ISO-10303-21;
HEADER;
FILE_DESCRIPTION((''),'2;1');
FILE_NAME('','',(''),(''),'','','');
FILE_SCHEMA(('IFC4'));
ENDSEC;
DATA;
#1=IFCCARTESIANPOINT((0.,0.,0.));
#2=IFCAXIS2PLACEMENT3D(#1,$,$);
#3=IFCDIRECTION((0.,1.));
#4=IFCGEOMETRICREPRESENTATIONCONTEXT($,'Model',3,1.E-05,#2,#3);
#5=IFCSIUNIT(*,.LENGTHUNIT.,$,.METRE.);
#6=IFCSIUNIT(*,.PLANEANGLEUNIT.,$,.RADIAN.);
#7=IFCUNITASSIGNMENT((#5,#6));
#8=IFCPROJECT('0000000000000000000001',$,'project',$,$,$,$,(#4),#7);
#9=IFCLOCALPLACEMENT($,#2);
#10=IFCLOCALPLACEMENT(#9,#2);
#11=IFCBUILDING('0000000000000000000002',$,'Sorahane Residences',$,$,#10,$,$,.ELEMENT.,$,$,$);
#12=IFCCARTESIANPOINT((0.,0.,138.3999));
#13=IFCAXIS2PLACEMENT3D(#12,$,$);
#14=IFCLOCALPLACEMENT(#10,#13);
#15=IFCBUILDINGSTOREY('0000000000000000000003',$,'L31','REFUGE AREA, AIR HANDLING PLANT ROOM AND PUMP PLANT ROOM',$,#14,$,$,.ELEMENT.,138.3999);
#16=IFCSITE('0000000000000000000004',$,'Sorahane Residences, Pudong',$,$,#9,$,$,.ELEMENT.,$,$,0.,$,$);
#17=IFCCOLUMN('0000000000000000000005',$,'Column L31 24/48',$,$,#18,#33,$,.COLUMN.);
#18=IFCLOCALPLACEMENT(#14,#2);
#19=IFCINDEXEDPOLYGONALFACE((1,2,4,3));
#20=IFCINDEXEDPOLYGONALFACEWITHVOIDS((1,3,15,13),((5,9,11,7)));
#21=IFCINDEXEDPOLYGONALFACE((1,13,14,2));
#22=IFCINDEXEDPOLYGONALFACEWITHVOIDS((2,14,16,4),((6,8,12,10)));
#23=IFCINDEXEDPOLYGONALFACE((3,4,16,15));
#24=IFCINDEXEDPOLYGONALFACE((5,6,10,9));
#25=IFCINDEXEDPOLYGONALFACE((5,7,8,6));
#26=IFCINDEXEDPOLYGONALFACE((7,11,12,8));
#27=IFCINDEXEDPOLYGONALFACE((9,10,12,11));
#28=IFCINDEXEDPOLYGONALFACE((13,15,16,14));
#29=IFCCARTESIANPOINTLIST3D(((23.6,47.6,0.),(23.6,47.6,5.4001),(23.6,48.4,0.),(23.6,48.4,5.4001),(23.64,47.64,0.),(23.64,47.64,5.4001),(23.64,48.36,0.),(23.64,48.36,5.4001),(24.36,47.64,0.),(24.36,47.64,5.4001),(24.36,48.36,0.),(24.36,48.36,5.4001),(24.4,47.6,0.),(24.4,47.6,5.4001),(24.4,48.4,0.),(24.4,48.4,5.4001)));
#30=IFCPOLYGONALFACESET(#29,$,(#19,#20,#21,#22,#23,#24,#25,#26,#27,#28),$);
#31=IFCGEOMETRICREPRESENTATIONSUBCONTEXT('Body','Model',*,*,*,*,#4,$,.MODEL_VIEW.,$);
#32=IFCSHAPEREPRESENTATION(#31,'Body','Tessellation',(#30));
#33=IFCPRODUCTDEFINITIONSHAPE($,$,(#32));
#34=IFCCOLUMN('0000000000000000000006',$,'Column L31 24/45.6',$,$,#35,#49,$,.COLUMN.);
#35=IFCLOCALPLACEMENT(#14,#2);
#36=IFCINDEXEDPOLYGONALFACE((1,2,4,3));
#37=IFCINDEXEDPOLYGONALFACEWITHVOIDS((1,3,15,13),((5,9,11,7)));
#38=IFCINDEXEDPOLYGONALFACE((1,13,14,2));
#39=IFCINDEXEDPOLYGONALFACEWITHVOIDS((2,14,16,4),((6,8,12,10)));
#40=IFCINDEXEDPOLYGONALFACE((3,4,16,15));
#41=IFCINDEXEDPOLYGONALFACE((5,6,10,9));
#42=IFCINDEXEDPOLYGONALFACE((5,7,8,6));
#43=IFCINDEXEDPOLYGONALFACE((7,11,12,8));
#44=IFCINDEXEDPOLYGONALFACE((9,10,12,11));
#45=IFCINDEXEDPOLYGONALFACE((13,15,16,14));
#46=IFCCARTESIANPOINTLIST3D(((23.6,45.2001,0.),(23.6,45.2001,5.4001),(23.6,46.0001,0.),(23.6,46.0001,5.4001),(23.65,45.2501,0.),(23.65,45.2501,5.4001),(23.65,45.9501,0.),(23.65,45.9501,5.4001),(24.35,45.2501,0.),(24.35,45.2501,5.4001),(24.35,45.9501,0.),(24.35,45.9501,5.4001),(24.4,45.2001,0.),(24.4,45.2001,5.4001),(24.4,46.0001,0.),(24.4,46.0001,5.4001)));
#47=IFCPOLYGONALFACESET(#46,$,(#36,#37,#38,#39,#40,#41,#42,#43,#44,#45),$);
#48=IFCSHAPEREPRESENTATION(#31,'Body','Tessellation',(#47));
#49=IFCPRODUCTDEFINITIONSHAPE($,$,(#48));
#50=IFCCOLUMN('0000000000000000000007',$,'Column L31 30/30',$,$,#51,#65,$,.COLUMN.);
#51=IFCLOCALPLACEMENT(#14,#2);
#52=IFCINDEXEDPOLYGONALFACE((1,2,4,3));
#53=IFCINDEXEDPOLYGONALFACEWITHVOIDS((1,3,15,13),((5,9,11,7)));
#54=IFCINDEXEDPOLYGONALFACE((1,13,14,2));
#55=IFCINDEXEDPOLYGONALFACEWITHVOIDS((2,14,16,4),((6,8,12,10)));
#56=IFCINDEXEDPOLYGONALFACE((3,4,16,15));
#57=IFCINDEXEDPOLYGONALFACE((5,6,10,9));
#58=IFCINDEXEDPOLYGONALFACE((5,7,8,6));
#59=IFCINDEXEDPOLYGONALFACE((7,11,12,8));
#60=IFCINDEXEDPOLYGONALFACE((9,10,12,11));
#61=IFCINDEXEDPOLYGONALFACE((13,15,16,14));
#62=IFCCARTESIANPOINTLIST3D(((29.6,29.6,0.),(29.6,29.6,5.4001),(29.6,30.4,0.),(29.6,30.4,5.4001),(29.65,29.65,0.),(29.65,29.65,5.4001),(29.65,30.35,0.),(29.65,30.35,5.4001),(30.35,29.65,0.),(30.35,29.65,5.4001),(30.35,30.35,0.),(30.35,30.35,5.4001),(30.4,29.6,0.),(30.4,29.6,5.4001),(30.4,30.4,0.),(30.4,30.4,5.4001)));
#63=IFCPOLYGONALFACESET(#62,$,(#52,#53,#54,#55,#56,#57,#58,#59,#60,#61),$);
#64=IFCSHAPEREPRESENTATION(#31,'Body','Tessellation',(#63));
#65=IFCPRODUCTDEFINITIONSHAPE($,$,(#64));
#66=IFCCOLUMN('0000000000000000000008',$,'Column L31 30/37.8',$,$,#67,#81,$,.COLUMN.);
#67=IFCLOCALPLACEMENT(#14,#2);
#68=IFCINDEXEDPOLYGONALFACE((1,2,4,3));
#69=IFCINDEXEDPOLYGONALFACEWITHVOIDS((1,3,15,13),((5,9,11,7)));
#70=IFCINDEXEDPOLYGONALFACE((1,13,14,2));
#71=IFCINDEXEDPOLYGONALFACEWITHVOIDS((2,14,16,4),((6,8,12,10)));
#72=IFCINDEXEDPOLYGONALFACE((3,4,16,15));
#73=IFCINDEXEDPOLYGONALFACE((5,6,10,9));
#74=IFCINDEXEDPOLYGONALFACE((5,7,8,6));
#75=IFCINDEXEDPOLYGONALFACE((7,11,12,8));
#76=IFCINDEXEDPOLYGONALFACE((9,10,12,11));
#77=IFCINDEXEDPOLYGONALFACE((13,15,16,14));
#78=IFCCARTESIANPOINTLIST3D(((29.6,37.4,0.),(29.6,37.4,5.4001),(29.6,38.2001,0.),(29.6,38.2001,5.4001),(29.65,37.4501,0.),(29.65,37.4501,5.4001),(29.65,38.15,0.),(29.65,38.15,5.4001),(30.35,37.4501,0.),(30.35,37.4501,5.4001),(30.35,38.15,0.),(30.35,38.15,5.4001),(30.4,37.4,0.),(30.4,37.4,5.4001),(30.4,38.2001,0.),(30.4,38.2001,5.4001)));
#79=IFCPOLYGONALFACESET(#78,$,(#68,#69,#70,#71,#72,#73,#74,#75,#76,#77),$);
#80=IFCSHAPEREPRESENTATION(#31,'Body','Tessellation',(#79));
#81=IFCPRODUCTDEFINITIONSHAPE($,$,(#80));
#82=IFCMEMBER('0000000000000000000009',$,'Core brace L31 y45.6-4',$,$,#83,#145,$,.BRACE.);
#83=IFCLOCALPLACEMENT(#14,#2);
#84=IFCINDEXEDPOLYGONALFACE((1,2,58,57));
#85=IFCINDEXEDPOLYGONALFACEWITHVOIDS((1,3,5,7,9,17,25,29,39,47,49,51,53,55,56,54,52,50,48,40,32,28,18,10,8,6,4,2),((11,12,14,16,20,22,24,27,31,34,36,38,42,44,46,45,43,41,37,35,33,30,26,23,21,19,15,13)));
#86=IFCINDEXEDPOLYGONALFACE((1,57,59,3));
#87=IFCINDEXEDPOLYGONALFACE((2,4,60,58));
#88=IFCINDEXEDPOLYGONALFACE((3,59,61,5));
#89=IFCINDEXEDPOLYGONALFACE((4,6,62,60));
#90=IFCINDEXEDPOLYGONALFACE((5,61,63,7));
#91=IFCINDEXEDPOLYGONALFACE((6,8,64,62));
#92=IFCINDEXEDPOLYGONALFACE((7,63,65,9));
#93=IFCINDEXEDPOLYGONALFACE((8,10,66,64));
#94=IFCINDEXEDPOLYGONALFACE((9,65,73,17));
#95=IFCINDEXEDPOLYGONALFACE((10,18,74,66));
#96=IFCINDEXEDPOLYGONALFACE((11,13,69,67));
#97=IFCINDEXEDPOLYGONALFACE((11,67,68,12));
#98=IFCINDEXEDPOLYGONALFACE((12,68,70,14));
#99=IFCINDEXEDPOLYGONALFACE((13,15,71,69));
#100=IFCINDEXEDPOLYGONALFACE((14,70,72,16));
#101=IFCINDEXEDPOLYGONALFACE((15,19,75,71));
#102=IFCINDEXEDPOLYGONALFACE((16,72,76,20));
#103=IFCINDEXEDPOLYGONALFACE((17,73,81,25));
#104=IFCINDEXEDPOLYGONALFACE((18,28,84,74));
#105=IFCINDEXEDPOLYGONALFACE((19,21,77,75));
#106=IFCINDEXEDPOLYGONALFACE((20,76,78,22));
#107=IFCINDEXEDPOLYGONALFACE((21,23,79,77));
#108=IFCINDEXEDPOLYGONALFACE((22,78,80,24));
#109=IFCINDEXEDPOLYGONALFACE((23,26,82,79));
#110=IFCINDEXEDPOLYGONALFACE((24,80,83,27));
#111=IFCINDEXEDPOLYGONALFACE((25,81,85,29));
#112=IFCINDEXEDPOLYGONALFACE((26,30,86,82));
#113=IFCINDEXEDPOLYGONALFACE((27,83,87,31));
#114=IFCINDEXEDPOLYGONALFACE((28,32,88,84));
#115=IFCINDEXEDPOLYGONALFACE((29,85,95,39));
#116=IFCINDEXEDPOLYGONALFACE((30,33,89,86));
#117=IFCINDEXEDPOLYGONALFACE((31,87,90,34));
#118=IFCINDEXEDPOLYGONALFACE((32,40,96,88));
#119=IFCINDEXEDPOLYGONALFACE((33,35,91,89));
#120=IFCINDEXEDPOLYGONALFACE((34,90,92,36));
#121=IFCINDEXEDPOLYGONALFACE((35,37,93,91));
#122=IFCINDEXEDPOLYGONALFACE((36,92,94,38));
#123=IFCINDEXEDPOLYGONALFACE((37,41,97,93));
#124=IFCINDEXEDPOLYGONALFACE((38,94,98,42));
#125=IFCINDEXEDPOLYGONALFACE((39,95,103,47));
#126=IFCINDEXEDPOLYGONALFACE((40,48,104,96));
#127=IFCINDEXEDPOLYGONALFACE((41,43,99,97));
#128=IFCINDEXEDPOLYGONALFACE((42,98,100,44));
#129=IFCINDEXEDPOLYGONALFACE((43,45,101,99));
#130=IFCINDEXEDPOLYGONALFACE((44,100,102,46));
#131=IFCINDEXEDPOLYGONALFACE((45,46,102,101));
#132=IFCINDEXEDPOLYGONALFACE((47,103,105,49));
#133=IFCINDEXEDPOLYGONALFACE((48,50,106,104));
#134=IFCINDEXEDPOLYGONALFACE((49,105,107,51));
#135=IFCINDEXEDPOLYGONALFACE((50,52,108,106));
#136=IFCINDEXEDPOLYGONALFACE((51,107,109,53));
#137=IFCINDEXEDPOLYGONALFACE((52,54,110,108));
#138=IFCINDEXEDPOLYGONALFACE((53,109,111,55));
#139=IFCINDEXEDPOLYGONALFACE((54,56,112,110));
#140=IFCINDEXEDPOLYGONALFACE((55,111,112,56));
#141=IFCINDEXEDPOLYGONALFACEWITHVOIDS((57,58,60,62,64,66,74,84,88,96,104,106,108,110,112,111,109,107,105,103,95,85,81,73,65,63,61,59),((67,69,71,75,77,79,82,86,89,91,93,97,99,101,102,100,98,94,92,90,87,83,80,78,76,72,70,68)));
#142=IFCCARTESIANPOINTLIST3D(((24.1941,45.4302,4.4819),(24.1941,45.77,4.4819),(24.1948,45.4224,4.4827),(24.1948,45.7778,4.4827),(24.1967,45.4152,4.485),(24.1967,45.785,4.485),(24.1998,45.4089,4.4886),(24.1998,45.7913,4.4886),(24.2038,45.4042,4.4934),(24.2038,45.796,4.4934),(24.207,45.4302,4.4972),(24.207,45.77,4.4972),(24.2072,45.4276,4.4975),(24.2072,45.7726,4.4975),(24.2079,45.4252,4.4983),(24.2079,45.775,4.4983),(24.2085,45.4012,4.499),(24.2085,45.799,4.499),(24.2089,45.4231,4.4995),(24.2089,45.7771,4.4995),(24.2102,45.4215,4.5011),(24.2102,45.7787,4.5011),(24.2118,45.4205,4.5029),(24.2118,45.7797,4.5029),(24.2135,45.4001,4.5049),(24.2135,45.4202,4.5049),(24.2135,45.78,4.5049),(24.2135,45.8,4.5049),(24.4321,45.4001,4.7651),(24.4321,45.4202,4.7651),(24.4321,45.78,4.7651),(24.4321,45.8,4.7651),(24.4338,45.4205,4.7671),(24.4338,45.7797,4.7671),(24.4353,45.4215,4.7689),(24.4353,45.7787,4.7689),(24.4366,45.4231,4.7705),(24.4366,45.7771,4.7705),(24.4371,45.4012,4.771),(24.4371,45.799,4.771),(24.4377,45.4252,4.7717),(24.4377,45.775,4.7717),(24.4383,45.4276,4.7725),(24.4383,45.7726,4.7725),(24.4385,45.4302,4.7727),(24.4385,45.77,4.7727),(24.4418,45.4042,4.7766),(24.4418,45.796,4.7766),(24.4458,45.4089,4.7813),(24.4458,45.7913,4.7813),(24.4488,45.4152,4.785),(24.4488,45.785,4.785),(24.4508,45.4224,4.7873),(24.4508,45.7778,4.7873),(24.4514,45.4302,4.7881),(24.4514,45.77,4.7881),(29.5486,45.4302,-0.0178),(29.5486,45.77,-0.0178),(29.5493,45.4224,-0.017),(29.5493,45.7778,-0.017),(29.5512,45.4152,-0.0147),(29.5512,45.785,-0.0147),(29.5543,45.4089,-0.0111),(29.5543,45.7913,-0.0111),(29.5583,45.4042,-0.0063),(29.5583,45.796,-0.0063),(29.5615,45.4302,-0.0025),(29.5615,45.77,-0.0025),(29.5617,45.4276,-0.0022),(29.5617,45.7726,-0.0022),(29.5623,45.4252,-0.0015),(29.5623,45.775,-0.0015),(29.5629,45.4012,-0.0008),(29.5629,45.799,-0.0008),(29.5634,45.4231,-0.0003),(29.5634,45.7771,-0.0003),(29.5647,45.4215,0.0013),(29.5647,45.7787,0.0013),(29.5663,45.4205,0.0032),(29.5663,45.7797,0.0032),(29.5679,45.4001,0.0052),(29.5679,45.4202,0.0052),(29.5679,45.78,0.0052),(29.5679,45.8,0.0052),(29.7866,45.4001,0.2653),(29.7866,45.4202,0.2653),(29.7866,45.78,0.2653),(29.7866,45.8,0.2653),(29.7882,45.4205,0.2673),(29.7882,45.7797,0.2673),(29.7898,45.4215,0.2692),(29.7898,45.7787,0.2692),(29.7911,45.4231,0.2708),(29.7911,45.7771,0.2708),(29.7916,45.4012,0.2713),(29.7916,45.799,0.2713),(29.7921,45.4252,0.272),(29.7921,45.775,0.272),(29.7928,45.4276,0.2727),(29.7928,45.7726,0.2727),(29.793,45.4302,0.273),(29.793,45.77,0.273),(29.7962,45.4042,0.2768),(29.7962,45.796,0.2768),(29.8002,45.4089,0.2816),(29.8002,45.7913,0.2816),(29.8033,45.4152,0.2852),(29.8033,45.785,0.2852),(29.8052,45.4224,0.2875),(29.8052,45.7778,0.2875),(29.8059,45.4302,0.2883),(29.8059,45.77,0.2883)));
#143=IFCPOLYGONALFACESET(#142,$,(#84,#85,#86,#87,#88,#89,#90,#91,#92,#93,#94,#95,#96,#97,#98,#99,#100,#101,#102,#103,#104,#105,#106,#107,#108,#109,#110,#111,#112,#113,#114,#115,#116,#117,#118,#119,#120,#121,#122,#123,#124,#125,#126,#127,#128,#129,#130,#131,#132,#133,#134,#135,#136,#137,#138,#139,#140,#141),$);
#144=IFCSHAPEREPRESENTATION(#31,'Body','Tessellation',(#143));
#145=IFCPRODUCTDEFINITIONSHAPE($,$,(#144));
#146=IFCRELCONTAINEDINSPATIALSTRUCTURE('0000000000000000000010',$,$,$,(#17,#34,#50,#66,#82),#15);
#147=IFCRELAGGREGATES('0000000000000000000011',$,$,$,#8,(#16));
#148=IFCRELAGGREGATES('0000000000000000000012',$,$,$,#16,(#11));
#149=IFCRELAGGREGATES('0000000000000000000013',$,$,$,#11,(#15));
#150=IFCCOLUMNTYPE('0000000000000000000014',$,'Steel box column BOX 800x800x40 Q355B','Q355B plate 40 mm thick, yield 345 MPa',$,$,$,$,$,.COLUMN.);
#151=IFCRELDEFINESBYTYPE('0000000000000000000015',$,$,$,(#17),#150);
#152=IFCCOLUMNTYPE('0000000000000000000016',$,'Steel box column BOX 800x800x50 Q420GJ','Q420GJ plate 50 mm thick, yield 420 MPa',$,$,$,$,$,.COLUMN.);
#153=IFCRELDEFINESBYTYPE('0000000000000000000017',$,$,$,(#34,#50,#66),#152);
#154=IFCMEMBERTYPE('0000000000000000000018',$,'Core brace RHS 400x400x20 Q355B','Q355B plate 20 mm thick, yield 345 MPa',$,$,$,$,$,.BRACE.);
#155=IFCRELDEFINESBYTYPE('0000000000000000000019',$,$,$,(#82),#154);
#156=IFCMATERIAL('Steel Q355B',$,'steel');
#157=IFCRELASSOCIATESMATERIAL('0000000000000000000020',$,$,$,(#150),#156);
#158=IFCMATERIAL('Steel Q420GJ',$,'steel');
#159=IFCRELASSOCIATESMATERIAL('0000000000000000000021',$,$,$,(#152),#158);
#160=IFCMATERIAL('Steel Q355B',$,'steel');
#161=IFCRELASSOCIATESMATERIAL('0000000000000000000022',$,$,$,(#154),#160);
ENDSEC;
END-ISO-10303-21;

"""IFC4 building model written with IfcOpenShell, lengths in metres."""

from ifc_helpers import new_model, si_unit, direction, frame, origin, origin_2d, place, context, subcontext, project, spatial, hollow_rectangle, extrude, material, material_profile, profile_set, type_object, element, save


model = new_model("IFC4")

# Units and contexts
model_context = context("Model", 3, precision=1e-05, world=origin(), true_north=direction((0.0, 1.0)))
body_context = subcontext(model_context, "Body", "Model", "MODEL_VIEW")
ifc_project = project(units=[si_unit("LENGTHUNIT", "METRE"), si_unit("PLANEANGLEUNIT", "RADIAN")], contexts=[model_context])

# Site, building, storey
site_placement = place(None, origin())
site = spatial("IfcSite", under=ifc_project, at=site_placement, Name="Sorahane Residences, Pudong", CompositionType="ELEMENT", RefElevation=0.0)
building_placement = place(site_placement, origin())
building = spatial("IfcBuilding", under=site, at=building_placement, Name="Sorahane Residences", CompositionType="ELEMENT")
storey_placement = place(building_placement, frame((0.0, 0.0, 138.3999)))
storey = spatial("IfcBuildingStorey", under=building, at=storey_placement, Name="L31", Description="REFUGE AREA, AIR HANDLING PLANT ROOM AND PUMP PLANT ROOM", CompositionType="ELEMENT", Elevation=138.3999)

# Columns
ifc_material_1 = material(Name="Steel Q355B", Category="steel")
ifc_material_profile_1 = material_profile(ifc_material_1, hollow_rectangle(XDim=0.8, YDim=0.8, WallThickness=0.04, at=origin_2d()), Name="BOX 800x800x40")
ifc_profile_set_1 = profile_set([ifc_material_profile_1], Name="Steel Q355B")
column_type_1 = type_object("IfcColumnType", Name="Steel box column BOX 800x800x40 Q355B", Description="Q355B plate 40 mm thick, yield 345 MPa", PredefinedType="COLUMN", material=ifc_profile_set_1)
column_placement = place(storey_placement, frame((24.0, 48.0, 0.0), z_axis=(0.0, 0.0, 1.0), x_axis=(1.0, 0.0, 0.0)))
element("IfcColumn", 1, at=column_placement, inside=storey, type_object=column_type_1, Name="Column L31 24/48", PredefinedType="COLUMN", context=body_context, shape_type="SweptSolid", body=[
    extrude(hollow_rectangle(XDim=0.8, YDim=0.8, WallThickness=0.04, at=origin_2d()), origin(), (0.0, 0.0, 1.0), 5.4001),
])
ifc_material_2 = material(Name="Steel Q420GJ", Category="steel")
ifc_material_profile_2 = material_profile(ifc_material_2, hollow_rectangle(XDim=0.8, YDim=0.8, WallThickness=0.05, at=origin_2d()), Name="BOX 800x800x50")
ifc_profile_set_2 = profile_set([ifc_material_profile_2], Name="Steel Q420GJ")
column_type_2 = type_object("IfcColumnType", Name="Steel box column BOX 800x800x50 Q420GJ", Description="Q420GJ plate 50 mm thick, yield 420 MPa", PredefinedType="COLUMN", material=ifc_profile_set_2)
for number, where, z_axis, x_axis, name in (
    (2, (24.0, 45.6001, 0.0), (0.0, 0.0, 1.0), (1.0, 0.0, 0.0), "Column L31 24/45.6"),
    (3, (30.0, 30.0, 0.0), (0.0, 0.0, 1.0), (1.0, 0.0, 0.0), "Column L31 30/30"),
    (4, (30.0, 37.8, 0.0), (0.0, 0.0, 1.0), (1.0, 0.0, 0.0), "Column L31 30/37.8"),
):
    element("IfcColumn", number, at=place(storey_placement, frame(where, z_axis=z_axis, x_axis=x_axis)), inside=storey, type_object=column_type_2, Name=name, PredefinedType="COLUMN", context=body_context, shape_type="SweptSolid", body=[
        extrude(hollow_rectangle(XDim=0.8, YDim=0.8, WallThickness=0.05, at=origin_2d()), origin(), (0.0, 0.0, 1.0), 5.4001),
    ])

# Member
ifc_material_3 = material(Name="Steel Q355B", Category="steel")
ifc_material_profile_3 = material_profile(ifc_material_3, hollow_rectangle(XDim=0.3999, YDim=0.3999, WallThickness=0.02, InnerFilletRadius=0.01, OuterFilletRadius=0.03, at=origin_2d()), Name="RHS 400x400x20")
ifc_profile_set_3 = profile_set([ifc_material_profile_3], Name="Steel Q355B")
member_type = type_object("IfcMemberType", Name="Core brace RHS 400x400x20 Q355B", Description="Q355B plate 20 mm thick, yield 345 MPa", PredefinedType="BRACE", material=ifc_profile_set_3)
member_1_placement = place(storey_placement, frame((29.6772, 45.6001, 0.1353), z_axis=(-0.765565, 0.0, 0.643358), x_axis=(0.0, -1.0, 0.0)))
element("IfcMember", 5, at=member_1_placement, inside=storey, type_object=member_type, Name="Core brace L31 y45.6-4", PredefinedType="BRACE", context=body_context, shape_type="SweptSolid", body=[
    extrude(hollow_rectangle(XDim=0.3999, YDim=0.3999, WallThickness=0.02, InnerFilletRadius=0.01, OuterFilletRadius=0.03, at=origin_2d()), origin(), (0.0, 0.0, 1.0), 6.9941),
])

save(model, "model.ifc")
